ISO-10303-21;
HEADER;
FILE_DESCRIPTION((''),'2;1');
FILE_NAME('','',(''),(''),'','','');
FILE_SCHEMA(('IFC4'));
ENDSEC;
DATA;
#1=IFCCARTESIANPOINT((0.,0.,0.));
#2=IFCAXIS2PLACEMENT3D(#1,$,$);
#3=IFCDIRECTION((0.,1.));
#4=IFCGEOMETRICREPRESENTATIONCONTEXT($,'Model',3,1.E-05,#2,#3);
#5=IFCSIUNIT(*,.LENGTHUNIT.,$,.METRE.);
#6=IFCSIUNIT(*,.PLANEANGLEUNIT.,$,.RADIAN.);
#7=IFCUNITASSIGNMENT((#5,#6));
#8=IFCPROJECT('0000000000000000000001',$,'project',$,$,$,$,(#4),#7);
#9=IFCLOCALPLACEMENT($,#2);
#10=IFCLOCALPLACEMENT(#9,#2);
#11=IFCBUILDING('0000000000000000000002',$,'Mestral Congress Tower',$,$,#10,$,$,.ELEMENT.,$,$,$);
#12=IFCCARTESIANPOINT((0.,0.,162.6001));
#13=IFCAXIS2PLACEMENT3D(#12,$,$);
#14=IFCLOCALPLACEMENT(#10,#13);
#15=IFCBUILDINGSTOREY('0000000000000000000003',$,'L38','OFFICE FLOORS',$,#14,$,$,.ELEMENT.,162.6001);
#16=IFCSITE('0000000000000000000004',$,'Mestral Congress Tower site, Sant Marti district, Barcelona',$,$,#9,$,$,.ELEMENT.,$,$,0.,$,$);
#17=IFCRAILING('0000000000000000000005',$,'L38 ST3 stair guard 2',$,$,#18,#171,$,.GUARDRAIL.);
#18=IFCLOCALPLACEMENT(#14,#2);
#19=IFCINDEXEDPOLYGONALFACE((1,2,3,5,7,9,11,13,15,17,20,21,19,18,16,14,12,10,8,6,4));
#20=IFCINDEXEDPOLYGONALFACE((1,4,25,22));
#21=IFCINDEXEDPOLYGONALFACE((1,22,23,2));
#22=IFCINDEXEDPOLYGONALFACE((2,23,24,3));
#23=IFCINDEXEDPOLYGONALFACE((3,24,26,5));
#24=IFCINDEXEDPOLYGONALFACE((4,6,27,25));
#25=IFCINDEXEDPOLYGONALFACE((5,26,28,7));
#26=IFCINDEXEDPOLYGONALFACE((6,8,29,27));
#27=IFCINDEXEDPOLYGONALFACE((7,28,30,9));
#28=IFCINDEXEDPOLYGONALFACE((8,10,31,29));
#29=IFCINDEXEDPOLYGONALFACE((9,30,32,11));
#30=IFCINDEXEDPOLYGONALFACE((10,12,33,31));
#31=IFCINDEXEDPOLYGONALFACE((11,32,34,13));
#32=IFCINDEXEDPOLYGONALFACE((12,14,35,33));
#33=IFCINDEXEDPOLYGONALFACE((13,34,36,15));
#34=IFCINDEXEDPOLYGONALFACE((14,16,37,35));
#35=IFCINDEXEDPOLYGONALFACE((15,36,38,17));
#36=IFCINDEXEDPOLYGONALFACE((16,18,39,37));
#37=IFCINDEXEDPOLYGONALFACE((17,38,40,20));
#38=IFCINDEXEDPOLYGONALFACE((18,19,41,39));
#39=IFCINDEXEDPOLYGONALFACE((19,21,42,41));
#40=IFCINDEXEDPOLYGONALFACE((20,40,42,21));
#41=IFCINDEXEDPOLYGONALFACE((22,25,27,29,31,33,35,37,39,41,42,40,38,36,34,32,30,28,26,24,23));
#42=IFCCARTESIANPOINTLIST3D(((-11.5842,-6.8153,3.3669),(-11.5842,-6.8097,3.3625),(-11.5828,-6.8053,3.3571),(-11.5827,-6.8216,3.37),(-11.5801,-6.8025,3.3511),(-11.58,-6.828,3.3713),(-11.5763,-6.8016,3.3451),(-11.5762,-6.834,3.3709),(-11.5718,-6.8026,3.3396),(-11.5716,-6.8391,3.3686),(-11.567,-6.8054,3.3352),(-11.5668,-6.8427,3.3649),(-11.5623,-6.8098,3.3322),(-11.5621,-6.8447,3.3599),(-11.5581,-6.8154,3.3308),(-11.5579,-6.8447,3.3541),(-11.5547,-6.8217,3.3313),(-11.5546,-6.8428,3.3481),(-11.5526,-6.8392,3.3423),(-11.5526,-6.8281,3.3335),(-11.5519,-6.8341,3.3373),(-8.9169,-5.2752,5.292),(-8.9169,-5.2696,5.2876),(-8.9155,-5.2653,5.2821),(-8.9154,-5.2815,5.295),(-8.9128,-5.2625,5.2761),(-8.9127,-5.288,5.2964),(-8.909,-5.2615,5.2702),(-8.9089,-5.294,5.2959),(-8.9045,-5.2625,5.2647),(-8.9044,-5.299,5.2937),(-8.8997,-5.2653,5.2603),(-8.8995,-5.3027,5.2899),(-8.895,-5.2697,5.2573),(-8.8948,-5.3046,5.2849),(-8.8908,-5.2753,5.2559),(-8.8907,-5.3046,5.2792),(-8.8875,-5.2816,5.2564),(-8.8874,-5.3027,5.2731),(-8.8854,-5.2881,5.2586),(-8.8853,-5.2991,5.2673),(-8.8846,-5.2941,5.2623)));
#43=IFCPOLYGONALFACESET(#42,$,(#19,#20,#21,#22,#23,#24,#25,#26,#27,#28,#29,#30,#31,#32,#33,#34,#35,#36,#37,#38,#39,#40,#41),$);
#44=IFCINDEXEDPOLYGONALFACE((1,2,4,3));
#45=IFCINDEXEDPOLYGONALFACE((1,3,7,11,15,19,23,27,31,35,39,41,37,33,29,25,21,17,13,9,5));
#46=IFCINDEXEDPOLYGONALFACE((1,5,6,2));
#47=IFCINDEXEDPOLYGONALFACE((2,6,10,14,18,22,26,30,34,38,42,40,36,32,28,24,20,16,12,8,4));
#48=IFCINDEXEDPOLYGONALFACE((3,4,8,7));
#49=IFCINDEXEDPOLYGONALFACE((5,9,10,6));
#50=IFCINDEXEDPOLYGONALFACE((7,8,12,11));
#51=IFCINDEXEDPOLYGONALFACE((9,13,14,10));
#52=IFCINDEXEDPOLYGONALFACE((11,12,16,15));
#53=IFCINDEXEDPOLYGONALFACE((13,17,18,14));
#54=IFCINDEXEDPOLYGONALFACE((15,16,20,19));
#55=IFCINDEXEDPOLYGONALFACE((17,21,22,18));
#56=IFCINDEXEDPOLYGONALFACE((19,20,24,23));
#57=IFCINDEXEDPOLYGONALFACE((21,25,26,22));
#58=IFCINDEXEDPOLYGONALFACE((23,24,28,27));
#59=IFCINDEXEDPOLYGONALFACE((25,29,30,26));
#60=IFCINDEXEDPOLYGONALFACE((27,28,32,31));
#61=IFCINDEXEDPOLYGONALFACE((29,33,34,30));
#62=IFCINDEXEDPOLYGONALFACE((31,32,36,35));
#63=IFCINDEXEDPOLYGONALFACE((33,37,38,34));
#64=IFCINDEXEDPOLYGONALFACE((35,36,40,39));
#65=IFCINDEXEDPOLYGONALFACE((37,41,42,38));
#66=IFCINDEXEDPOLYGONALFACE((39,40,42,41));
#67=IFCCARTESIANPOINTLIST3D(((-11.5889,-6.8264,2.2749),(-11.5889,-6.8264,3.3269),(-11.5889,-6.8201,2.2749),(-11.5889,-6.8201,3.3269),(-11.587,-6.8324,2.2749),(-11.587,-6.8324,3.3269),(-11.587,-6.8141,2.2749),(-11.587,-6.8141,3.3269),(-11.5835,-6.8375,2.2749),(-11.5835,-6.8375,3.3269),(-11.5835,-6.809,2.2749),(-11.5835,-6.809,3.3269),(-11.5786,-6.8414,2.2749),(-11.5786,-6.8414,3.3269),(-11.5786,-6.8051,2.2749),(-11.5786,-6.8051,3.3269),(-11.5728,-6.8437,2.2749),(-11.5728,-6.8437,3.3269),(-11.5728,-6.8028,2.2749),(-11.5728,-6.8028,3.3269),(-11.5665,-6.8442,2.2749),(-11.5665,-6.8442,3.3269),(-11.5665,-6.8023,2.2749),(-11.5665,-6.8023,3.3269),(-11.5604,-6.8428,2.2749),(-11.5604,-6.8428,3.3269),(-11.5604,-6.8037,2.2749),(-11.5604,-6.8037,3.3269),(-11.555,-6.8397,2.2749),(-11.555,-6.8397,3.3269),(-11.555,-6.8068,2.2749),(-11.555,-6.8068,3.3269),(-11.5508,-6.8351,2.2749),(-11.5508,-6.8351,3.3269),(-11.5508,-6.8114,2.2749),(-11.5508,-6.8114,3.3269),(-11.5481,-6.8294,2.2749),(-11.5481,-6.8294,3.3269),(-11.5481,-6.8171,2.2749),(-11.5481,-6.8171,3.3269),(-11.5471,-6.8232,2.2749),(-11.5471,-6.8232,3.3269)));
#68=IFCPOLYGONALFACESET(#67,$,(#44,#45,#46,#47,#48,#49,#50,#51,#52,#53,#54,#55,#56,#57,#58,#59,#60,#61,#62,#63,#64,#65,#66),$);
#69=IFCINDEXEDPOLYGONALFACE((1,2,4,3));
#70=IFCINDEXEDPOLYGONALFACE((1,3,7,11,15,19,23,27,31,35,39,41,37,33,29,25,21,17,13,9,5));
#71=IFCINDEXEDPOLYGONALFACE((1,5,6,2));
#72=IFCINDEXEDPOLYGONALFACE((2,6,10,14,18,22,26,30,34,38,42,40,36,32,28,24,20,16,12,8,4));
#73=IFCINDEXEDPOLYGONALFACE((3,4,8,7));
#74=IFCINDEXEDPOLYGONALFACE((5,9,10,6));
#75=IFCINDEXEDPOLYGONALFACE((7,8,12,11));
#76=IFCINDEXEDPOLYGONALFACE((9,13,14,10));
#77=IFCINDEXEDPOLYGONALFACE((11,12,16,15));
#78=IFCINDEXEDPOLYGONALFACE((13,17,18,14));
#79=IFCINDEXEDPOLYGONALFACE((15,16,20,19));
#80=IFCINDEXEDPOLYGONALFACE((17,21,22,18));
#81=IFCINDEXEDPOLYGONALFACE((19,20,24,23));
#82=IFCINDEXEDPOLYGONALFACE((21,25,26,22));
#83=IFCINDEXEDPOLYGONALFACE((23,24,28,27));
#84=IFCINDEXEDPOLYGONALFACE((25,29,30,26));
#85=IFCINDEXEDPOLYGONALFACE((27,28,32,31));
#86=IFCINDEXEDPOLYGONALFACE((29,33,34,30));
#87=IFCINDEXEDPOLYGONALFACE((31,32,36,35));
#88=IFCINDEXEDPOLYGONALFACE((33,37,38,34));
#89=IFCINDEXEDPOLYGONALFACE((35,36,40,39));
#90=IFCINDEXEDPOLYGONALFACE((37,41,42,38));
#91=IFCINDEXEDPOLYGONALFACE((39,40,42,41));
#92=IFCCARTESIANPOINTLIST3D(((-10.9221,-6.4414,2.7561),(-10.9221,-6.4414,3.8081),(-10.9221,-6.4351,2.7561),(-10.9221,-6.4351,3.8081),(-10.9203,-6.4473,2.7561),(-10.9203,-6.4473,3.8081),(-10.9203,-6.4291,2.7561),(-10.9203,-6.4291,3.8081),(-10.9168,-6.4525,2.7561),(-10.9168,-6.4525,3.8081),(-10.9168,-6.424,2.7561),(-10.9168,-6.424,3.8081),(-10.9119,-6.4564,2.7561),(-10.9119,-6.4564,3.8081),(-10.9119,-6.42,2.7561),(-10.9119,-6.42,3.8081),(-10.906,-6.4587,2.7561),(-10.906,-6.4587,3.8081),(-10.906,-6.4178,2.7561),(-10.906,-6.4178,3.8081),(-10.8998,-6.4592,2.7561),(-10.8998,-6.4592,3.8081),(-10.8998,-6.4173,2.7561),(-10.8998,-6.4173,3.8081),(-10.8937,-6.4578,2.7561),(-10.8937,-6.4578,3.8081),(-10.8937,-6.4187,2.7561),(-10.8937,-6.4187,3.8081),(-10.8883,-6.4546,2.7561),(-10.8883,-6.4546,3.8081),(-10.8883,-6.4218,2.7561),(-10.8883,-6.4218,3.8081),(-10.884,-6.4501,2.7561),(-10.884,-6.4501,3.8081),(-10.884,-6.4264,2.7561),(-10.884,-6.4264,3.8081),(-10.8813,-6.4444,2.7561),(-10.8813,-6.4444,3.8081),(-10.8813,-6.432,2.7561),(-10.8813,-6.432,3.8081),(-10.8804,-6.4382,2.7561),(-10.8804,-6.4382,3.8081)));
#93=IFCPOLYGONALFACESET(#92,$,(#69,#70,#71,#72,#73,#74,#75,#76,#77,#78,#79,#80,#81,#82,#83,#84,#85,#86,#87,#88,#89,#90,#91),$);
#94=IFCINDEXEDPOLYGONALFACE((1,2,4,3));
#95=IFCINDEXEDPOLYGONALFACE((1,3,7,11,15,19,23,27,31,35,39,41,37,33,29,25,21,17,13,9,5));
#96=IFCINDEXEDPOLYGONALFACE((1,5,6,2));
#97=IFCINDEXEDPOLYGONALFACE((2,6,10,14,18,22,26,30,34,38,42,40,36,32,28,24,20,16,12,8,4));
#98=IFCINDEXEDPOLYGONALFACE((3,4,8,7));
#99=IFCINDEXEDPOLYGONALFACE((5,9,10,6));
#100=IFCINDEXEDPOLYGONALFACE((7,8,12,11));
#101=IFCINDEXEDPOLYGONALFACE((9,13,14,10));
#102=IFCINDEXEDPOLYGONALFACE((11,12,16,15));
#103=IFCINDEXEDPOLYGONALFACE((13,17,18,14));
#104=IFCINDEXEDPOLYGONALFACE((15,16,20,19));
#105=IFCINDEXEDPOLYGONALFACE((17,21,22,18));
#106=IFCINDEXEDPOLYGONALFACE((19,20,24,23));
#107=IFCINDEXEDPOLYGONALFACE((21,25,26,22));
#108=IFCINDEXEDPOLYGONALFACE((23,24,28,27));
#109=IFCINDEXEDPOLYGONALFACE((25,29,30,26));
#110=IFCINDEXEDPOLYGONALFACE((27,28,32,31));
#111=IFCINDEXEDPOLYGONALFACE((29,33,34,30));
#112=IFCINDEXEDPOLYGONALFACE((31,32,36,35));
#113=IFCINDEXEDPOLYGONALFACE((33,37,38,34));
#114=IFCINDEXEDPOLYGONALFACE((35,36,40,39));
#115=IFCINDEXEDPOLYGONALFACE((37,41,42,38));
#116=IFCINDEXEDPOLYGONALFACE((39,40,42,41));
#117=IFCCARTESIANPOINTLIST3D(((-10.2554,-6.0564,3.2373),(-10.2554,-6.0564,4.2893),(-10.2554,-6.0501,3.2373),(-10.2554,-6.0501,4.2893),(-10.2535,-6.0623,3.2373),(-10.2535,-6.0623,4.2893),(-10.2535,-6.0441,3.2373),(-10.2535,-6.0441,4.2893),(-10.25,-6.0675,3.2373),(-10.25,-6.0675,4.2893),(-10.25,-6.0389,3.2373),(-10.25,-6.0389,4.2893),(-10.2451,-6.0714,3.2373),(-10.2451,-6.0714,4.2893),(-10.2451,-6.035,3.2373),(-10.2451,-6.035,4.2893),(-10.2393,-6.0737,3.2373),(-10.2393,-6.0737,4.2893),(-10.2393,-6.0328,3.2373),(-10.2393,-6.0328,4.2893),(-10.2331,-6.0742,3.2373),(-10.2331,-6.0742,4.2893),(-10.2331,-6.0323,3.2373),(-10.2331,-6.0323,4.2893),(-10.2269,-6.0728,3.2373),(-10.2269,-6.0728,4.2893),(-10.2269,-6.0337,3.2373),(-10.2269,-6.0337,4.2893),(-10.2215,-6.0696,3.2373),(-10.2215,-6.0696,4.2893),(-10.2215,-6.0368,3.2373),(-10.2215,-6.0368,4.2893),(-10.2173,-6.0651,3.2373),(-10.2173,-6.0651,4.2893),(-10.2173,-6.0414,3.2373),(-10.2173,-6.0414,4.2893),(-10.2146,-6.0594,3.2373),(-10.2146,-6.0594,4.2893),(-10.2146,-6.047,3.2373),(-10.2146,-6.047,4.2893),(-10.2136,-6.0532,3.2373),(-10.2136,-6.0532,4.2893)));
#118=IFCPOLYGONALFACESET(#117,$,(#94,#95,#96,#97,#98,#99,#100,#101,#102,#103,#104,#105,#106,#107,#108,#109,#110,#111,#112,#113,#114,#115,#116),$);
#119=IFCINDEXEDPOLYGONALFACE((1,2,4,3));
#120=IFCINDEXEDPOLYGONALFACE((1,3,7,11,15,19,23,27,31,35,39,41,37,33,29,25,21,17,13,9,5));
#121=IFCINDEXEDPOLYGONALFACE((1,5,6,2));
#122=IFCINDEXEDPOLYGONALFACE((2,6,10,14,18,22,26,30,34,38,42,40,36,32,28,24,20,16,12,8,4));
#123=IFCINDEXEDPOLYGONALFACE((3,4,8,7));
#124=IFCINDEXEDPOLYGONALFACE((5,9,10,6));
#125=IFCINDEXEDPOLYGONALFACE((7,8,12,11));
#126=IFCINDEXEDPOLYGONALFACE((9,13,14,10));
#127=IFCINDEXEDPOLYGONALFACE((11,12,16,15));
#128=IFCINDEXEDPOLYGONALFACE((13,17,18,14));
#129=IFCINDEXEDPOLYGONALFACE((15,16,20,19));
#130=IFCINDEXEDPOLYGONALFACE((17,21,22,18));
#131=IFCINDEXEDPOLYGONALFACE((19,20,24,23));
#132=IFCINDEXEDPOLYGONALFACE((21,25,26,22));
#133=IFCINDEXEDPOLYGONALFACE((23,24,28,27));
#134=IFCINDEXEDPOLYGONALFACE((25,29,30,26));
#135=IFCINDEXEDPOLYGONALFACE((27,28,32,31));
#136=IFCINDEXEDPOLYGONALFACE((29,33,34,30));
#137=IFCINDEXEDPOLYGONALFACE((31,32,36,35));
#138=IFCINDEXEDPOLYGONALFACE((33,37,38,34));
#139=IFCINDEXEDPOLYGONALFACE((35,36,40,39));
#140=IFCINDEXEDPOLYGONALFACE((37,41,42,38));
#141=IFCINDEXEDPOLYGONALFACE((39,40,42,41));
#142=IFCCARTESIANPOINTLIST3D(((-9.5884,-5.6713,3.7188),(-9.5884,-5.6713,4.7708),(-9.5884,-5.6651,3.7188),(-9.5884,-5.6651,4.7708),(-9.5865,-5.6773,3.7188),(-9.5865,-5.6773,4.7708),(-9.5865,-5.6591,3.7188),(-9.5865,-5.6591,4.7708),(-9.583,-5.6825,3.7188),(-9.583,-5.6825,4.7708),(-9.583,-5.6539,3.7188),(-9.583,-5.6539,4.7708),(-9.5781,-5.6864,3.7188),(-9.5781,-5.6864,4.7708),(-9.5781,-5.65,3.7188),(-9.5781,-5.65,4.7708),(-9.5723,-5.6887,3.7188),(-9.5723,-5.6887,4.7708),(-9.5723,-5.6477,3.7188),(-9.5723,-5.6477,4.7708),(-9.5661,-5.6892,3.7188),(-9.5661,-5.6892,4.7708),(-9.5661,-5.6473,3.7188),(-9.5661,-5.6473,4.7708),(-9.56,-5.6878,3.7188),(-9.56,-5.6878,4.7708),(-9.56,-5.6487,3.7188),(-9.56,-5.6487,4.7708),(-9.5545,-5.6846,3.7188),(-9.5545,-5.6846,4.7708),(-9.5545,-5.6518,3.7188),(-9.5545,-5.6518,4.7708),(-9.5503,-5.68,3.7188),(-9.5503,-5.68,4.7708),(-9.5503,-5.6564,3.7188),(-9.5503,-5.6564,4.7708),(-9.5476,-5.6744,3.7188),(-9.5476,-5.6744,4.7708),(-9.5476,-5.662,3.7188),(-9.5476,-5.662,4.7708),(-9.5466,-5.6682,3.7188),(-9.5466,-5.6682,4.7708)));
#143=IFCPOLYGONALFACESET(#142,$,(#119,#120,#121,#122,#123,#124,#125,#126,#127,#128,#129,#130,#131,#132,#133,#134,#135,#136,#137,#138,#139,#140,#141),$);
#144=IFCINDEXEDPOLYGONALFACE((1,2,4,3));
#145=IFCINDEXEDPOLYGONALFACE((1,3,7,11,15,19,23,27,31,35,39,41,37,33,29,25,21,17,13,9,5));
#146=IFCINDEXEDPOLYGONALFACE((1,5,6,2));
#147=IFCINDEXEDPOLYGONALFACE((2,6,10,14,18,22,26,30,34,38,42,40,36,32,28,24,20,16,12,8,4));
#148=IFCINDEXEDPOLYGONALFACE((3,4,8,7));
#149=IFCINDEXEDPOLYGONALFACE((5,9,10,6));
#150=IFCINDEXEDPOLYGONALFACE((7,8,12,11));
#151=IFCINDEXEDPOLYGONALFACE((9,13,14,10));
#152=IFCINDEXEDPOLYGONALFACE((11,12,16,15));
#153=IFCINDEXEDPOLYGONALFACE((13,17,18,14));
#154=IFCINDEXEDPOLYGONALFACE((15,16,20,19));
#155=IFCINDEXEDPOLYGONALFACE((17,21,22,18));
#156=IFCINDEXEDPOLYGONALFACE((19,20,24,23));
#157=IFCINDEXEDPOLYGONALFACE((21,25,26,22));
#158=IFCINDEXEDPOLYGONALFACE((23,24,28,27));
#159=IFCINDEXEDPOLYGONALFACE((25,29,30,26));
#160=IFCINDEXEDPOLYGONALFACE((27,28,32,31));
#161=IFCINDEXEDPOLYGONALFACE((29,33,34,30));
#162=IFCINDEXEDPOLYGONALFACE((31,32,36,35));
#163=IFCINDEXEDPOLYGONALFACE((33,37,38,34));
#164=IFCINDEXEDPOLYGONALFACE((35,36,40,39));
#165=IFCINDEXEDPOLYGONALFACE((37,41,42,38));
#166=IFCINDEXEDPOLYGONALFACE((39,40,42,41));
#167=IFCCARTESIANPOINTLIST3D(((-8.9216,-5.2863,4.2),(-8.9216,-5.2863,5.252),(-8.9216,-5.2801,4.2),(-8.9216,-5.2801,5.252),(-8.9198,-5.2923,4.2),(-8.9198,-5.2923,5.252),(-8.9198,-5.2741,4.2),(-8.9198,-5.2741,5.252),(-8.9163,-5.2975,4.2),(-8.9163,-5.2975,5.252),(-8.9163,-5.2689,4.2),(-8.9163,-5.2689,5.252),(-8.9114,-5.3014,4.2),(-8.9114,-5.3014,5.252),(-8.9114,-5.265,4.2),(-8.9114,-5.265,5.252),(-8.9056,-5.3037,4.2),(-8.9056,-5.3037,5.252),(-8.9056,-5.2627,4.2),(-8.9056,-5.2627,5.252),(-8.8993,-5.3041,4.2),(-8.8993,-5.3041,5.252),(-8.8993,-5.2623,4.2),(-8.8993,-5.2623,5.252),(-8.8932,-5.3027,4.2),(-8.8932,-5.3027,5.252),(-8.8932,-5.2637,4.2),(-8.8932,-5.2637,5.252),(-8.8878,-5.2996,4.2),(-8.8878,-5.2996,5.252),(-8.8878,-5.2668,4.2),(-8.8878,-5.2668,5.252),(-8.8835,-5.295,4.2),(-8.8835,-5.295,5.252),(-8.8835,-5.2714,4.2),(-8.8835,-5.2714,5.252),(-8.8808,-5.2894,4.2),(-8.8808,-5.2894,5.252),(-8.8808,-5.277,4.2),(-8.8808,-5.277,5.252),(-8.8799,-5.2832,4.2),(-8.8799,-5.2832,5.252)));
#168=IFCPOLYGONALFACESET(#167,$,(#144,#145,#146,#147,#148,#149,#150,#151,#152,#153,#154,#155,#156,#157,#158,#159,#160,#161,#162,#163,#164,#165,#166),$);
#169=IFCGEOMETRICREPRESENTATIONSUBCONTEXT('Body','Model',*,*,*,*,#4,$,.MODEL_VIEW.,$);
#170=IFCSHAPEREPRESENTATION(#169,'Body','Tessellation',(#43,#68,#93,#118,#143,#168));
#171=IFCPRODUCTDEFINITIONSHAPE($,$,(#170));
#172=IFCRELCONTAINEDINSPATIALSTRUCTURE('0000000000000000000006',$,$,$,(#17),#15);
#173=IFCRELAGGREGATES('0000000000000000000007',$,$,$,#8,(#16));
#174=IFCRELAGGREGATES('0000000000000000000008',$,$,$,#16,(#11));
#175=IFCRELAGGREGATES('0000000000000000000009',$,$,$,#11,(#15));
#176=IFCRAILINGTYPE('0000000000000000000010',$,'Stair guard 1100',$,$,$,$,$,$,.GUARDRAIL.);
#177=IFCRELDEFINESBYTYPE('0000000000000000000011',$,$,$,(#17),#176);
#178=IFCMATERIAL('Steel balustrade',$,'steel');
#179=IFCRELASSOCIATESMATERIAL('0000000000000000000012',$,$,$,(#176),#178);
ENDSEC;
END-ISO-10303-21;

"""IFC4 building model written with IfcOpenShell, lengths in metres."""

from ifc_helpers import new_model, si_unit, direction, frame, origin, origin_2d, place, context, subcontext, project, spatial, circle, extrude, material, type_object, element, save


model = new_model("IFC4")

# Units and contexts
model_context = context("Model", 3, precision=1e-05, world=origin(), true_north=direction((0.0, 1.0)))
body_context = subcontext(model_context, "Body", "Model", "MODEL_VIEW")
ifc_project = project(units=[si_unit("LENGTHUNIT", "METRE"), si_unit("PLANEANGLEUNIT", "RADIAN")], contexts=[model_context])

# Site, building, storey
site_placement = place(None, origin())
site = spatial("IfcSite", under=ifc_project, at=site_placement, Name="Mestral Congress Tower site, Sant Marti district, Barcelona", CompositionType="ELEMENT", RefElevation=0.0)
building_placement = place(site_placement, origin())
building = spatial("IfcBuilding", under=site, at=building_placement, Name="Mestral Congress Tower", CompositionType="ELEMENT")
storey_placement = place(building_placement, frame((0.0, 0.0, 162.6001)))
storey = spatial("IfcBuildingStorey", under=building, at=storey_placement, Name="L38", Description="OFFICE FLOORS", CompositionType="ELEMENT", Elevation=162.6001)

# Railing
ifc_material_1 = material(Name="Steel balustrade", Category="steel")
railing_type_1 = type_object("IfcRailingType", Name="Stair guard 1100", PredefinedType="GUARDRAIL", material=ifc_material_1)
railing_1_placement = place(storey_placement, frame((-11.5681, -6.8232, 2.2749)))
element("IfcRailing", 1, at=railing_1_placement, inside=storey, type_object=railing_type_1, Name="L38 ST3 stair guard 2", PredefinedType="GUARDRAIL", context=body_context, shape_type="SweptSolid", body=[
    extrude(circle(Radius=0.0239, at=origin_2d()), frame((0.0, 0.0, 1.0762), z_axis=(0.734364, 0.424015, 0.530019), x_axis=(-0.500027, 0.86601, 0.0)), (0.0, 0.0, 1.0), 3.6321),
    extrude(circle(Radius=0.021, at=origin_2d()), origin(), (0.0, 0.0, 1.0), 1.052),
    extrude(circle(Radius=0.021, at=origin_2d()), frame((0.6667, 0.385, 0.4812)), (0.0, 0.0, 1.0), 1.052),
    extrude(circle(Radius=0.021, at=origin_2d()), frame((1.3335, 0.77, 0.9624)), (0.0, 0.0, 1.0), 1.052),
    extrude(circle(Radius=0.021, at=origin_2d()), frame((2.0005, 1.155, 1.4438)), (0.0, 0.0, 1.0), 1.052),
    extrude(circle(Radius=0.021, at=origin_2d()), frame((2.6672, 1.54, 1.925)), (0.0, 0.0, 1.0), 1.052),
])

save(model, "model.ifc")
